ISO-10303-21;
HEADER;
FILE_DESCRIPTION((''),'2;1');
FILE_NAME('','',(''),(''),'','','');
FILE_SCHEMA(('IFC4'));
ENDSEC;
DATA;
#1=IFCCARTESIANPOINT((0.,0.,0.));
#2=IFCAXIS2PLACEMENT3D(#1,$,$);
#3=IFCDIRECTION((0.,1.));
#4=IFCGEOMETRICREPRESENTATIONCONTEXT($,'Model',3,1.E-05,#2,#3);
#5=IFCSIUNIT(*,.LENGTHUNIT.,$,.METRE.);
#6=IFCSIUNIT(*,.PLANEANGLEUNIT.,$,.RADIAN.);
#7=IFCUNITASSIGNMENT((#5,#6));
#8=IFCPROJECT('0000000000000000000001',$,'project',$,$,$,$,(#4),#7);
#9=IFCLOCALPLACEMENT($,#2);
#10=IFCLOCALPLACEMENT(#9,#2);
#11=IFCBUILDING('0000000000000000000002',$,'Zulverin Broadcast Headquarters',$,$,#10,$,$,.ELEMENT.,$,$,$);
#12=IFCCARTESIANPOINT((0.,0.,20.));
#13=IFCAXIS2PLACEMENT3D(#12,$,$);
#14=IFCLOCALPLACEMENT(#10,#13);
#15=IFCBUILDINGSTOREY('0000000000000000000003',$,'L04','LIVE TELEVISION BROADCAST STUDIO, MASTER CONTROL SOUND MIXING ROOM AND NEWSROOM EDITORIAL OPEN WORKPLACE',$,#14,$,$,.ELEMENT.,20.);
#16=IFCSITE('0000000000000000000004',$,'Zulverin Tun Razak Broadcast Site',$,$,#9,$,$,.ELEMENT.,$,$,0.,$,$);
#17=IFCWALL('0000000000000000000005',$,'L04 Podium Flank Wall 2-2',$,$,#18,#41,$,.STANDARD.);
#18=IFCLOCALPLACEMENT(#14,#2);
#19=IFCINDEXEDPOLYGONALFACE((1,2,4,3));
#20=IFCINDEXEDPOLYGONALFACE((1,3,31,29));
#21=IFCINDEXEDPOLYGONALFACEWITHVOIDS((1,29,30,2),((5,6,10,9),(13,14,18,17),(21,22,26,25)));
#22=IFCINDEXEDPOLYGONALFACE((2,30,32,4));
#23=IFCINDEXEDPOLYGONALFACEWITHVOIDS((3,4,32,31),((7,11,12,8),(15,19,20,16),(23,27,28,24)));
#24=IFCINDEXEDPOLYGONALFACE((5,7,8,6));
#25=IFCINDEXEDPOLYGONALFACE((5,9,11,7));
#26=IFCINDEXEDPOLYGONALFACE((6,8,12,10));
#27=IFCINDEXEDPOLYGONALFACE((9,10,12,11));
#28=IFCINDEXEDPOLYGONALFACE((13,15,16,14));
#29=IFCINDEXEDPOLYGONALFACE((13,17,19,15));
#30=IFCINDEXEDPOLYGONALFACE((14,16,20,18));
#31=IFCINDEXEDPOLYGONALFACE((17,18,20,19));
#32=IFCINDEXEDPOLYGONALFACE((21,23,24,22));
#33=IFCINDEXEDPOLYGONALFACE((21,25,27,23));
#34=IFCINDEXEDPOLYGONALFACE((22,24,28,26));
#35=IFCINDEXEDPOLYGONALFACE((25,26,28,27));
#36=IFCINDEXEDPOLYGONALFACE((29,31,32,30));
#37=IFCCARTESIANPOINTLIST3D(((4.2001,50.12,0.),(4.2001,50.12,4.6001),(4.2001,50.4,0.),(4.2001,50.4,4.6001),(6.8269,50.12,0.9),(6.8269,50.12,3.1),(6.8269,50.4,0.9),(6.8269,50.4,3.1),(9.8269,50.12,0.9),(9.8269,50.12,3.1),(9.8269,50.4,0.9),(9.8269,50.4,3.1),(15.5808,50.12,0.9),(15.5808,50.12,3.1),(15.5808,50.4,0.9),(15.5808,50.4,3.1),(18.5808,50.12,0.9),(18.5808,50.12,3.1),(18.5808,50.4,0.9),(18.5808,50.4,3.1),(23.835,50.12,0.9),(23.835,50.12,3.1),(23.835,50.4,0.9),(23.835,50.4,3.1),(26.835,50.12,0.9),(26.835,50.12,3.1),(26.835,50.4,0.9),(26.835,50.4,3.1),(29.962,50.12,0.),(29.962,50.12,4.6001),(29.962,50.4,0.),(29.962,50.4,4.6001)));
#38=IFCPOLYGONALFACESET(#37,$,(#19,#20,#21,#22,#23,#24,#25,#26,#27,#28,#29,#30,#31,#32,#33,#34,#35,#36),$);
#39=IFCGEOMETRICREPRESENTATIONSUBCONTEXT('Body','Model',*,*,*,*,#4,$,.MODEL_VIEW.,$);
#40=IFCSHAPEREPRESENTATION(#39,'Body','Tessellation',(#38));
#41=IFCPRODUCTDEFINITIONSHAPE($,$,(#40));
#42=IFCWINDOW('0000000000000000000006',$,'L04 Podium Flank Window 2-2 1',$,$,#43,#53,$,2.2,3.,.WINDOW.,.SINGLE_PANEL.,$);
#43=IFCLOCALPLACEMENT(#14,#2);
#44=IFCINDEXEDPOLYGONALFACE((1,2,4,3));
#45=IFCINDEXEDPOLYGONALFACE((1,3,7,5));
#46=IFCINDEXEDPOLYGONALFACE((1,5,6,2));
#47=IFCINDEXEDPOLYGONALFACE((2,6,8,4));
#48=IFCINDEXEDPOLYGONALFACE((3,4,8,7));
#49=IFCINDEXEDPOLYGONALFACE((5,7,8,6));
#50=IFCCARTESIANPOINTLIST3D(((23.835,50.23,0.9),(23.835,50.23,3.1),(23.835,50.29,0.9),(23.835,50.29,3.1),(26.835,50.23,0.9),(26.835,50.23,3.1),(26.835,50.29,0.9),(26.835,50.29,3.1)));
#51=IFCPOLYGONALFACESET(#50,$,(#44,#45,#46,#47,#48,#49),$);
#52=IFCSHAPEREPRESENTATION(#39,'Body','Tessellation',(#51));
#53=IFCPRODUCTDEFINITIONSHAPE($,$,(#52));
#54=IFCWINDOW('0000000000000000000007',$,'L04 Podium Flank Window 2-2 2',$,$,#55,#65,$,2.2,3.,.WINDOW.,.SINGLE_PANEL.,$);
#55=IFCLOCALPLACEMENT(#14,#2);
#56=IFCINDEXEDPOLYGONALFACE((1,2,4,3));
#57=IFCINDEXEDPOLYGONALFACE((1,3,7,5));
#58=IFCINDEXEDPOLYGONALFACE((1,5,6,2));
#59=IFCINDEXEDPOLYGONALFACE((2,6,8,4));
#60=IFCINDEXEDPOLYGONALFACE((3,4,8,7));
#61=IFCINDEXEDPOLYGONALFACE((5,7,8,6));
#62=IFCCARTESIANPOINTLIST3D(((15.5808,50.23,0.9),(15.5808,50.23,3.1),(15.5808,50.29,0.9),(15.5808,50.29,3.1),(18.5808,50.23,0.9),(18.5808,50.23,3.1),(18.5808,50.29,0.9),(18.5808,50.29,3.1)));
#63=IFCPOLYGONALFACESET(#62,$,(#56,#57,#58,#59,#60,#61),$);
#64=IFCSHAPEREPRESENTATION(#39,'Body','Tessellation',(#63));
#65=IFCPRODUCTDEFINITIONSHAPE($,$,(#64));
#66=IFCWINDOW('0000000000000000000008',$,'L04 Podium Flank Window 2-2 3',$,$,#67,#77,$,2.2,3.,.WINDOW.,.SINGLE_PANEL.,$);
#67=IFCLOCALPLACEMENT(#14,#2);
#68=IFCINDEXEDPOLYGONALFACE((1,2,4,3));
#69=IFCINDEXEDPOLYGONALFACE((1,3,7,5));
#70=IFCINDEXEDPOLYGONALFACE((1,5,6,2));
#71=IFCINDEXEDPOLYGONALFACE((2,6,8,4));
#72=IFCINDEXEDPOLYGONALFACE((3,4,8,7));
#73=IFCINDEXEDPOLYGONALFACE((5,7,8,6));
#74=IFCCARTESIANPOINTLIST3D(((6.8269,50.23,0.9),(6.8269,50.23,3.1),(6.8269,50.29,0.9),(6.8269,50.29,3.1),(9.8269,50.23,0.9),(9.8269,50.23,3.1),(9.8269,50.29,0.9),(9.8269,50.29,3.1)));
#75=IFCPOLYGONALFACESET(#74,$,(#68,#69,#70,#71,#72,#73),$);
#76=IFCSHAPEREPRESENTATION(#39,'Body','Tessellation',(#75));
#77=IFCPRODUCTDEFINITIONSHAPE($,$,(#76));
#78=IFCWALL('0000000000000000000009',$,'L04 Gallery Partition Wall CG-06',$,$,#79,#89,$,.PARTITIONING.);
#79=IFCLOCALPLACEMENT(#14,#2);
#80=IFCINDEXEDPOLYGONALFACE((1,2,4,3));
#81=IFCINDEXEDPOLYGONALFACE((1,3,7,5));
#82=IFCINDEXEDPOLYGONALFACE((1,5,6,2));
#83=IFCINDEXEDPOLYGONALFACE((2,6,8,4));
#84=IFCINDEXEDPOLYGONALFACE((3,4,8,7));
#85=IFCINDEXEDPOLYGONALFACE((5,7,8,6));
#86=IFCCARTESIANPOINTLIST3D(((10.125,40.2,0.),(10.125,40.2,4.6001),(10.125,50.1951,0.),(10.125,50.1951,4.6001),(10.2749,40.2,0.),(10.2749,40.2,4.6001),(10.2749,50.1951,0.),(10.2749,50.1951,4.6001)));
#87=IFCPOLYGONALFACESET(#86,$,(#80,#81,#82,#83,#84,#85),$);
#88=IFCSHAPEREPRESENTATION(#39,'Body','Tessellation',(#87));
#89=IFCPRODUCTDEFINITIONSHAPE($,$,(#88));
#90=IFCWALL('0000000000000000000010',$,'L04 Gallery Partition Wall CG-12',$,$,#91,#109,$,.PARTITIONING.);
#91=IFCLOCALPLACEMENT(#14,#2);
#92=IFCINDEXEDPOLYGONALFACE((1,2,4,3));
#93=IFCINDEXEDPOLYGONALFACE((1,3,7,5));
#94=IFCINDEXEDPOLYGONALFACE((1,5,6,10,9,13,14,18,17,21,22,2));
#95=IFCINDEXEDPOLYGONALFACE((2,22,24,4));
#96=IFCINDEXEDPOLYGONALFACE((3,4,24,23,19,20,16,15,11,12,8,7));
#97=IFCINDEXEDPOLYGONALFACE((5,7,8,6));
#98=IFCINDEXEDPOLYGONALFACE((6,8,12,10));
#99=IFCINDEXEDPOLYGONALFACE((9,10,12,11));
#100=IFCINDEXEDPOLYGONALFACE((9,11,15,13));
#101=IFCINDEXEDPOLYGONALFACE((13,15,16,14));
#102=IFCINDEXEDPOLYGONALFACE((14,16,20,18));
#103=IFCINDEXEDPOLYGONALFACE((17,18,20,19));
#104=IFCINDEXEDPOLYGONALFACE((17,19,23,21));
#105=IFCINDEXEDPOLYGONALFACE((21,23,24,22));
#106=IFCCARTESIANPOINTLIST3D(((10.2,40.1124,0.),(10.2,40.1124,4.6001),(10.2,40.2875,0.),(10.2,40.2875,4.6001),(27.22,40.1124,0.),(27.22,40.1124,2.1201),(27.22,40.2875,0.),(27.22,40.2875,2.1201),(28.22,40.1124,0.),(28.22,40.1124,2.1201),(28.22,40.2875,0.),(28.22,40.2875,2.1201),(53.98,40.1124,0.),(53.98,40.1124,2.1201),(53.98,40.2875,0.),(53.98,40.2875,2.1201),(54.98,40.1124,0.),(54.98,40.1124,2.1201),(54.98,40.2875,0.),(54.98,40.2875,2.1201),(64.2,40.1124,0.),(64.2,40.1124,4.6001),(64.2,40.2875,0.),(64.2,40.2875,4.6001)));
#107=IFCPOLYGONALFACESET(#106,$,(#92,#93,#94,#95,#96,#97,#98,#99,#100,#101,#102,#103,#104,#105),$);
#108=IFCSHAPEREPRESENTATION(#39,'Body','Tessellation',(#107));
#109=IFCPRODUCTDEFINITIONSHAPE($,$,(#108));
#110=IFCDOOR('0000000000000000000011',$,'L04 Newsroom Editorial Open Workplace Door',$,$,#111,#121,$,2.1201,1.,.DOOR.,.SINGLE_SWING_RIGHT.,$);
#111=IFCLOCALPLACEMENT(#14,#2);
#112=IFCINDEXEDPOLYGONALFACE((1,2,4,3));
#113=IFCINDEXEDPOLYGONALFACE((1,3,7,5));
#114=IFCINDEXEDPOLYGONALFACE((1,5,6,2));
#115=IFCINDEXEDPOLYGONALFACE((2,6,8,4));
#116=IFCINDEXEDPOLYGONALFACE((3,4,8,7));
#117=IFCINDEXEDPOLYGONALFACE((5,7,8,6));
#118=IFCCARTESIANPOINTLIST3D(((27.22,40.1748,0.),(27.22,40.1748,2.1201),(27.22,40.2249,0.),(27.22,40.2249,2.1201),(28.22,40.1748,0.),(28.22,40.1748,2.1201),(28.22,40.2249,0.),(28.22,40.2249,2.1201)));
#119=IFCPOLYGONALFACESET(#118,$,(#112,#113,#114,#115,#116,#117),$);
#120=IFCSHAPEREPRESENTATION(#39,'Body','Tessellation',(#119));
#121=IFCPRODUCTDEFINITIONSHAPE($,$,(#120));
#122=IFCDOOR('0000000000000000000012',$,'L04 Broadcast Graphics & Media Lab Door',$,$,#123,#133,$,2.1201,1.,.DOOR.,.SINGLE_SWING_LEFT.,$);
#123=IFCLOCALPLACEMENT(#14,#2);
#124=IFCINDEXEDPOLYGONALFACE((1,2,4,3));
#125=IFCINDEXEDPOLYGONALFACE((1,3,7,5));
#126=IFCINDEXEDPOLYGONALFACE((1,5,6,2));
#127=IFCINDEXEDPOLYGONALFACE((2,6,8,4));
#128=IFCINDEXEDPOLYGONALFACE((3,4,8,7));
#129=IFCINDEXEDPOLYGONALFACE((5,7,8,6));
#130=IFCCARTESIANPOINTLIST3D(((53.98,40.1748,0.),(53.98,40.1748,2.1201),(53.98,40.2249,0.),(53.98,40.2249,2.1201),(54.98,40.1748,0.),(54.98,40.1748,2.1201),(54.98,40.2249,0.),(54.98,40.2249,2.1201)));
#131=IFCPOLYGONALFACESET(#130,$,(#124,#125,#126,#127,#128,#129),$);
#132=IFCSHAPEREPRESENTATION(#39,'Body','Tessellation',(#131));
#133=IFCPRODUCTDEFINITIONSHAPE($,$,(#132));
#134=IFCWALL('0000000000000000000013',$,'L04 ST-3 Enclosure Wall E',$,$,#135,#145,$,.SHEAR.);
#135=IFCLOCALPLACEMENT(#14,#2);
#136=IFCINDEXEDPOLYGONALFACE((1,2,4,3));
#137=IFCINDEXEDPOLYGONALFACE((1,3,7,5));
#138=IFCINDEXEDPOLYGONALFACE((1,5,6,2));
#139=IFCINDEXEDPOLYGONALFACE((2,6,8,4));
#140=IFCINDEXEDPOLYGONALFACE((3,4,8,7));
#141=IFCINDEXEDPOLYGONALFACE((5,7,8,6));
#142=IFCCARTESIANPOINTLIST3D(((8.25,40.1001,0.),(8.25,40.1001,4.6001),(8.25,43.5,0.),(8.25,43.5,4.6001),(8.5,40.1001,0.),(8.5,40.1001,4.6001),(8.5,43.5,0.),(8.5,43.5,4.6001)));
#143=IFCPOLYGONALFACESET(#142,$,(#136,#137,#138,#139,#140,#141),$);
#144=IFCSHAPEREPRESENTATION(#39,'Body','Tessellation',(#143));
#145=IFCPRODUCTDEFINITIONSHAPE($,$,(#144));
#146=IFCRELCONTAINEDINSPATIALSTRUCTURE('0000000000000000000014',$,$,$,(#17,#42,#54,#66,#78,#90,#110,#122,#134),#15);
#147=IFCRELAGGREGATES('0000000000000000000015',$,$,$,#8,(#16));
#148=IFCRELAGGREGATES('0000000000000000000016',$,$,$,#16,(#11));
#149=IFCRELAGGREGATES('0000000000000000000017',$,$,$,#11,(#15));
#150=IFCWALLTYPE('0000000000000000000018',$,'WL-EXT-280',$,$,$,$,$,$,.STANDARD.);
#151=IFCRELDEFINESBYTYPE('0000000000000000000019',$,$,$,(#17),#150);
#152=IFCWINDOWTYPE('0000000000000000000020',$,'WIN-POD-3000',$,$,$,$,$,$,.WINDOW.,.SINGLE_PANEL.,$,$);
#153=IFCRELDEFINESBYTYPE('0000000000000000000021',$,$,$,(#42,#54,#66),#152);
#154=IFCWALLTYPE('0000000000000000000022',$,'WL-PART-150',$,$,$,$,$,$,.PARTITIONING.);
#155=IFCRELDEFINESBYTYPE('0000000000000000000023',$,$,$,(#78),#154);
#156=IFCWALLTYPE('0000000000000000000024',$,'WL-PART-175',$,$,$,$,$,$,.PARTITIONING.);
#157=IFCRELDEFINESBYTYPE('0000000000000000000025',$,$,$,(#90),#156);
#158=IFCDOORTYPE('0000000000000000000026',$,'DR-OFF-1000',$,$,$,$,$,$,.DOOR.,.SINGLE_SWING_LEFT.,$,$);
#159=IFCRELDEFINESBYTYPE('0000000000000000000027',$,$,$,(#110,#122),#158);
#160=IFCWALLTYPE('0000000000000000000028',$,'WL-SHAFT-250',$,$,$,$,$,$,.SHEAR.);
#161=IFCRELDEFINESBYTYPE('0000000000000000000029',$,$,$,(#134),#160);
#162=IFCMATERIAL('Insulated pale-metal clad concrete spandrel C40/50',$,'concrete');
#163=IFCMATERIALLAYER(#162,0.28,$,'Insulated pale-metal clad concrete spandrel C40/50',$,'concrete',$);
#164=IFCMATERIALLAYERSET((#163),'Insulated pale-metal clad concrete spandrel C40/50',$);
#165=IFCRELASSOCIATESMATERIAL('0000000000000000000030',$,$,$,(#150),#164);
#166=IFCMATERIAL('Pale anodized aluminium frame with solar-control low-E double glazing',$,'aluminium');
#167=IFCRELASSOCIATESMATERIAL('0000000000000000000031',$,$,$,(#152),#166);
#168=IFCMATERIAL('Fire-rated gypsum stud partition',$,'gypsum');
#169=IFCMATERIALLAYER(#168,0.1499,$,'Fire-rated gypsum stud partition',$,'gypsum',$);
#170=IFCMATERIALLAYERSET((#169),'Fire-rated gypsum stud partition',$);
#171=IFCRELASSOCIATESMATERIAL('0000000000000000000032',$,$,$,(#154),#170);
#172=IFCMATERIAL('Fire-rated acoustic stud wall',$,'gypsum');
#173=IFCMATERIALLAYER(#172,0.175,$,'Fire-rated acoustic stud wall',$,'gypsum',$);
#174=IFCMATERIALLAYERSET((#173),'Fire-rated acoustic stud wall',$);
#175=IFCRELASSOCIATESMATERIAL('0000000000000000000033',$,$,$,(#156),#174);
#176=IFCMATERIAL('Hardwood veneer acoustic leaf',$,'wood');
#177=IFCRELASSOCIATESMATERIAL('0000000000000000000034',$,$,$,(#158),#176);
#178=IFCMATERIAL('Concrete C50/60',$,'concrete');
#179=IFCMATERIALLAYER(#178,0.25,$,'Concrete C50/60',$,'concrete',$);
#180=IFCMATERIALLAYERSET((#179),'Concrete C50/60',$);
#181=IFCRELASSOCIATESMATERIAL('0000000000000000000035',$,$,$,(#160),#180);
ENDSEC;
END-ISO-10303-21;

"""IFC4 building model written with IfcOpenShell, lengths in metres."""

from ifc_helpers import new_model, si_unit, direction, frame, frame_2d, origin, place, context, subcontext, project, spatial, rectangle, extrude, material, layer, layer_set, type_object, element, fill, save


model = new_model("IFC4")

# Units and contexts
model_context = context("Model", 3, precision=1e-05, world=origin(), true_north=direction((0.0, 1.0)))
body_context = subcontext(model_context, "Body", "Model", "MODEL_VIEW")
ifc_project = project(units=[si_unit("LENGTHUNIT", "METRE"), si_unit("PLANEANGLEUNIT", "RADIAN")], contexts=[model_context])

# Site, building, storey
site_placement = place(None, origin())
site = spatial("IfcSite", under=ifc_project, at=site_placement, Name="Zulverin Tun Razak Broadcast Site", CompositionType="ELEMENT", RefElevation=0.0)
building_placement = place(site_placement, origin())
building = spatial("IfcBuilding", under=site, at=building_placement, Name="Zulverin Broadcast Headquarters", CompositionType="ELEMENT")
storey_placement = place(building_placement, frame((0.0, 0.0, 20.0)))
storey = spatial("IfcBuildingStorey", under=building, at=storey_placement, Name="L04", Description="LIVE TELEVISION BROADCAST STUDIO, MASTER CONTROL SOUND MIXING ROOM AND NEWSROOM EDITORIAL OPEN WORKPLACE", CompositionType="ELEMENT", Elevation=20.0)

# Wall, openings, windows
ifc_material_1 = material(Name="Insulated pale-metal clad concrete spandrel C40/50", Category="concrete")
ifc_layer_1 = layer(ifc_material_1, 0.28, Name="Insulated pale-metal clad concrete spandrel C40/50", Category="concrete")
ifc_layer_set_1 = layer_set([ifc_layer_1], Name="Insulated pale-metal clad concrete spandrel C40/50")
wall_type_1 = type_object("IfcWallType", Name="WL-EXT-280", PredefinedType="STANDARD", material=ifc_layer_set_1)
wall_1_placement = place(storey_placement, frame((29.9619, 50.26, 0.0), z_axis=(0.0, 0.0, 1.0), x_axis=(-1.0, 0.0, 0.0)))
wall_1 = element("IfcWall", 1, at=wall_1_placement, inside=storey, type_object=wall_type_1, Name="L04 Podium Flank Wall 2-2", PredefinedType="STANDARD", context=body_context, shape_type="SweptSolid", body=[
    extrude(rectangle(XDim=25.762, YDim=0.28, at=frame_2d((12.8809, 0.0))), origin(), (0.0, 0.0, 1.0), 4.6001),
])
opening_1_placement = place(wall_1_placement, frame((3.127, 0.0, 0.8999)))
opening_1 = element("IfcOpeningElement", 2, at=opening_1_placement, cuts=wall_1, PredefinedType="OPENING", context=body_context, shape_type="SweptSolid", body=[
    extrude(rectangle(XDim=3.0, YDim=2.2, at=frame_2d((1.5, 1.1001))), frame((0.0, 0.1499, 0.0), z_axis=(0.0, -1.0, 0.0), x_axis=(1.0, 0.0, 0.0)), (0.0, 0.0, 1.0), 0.3),
])
opening_2_placement = place(wall_1_placement, frame((11.3811, 0.0, 0.8999)))
opening_2 = element("IfcOpeningElement", 3, at=opening_2_placement, cuts=wall_1, PredefinedType="OPENING", context=body_context, shape_type="SweptSolid", body=[
    extrude(rectangle(XDim=3.0, YDim=2.2, at=frame_2d((1.5, 1.1001))), frame((0.0, 0.1499, 0.0), z_axis=(0.0, -1.0, 0.0), x_axis=(1.0, 0.0, 0.0)), (0.0, 0.0, 1.0), 0.3),
])
opening_3_placement = place(wall_1_placement, frame((20.135, 0.0, 0.8999)))
opening_3 = element("IfcOpeningElement", 4, at=opening_3_placement, cuts=wall_1, PredefinedType="OPENING", context=body_context, shape_type="SweptSolid", body=[
    extrude(rectangle(XDim=3.0, YDim=2.2, at=frame_2d((1.5, 1.1001))), frame((0.0, 0.1499, 0.0), z_axis=(0.0, -1.0, 0.0), x_axis=(1.0, 0.0, 0.0)), (0.0, 0.0, 1.0), 0.3),
])
ifc_material_2 = material(Name="Pale anodized aluminium frame with solar-control low-E double glazing", Category="aluminium")
window_type = type_object("IfcWindowType", Name="WIN-POD-3000", PartitioningType="SINGLE_PANEL", PredefinedType="WINDOW", material=ifc_material_2)
window_1_placement = place(opening_1_placement, origin())
window_1 = element("IfcWindow", 5, at=window_1_placement, inside=storey, type_object=window_type, Name="L04 Podium Flank Window 2-2 1", OverallHeight=2.2, OverallWidth=3.0, PartitioningType="SINGLE_PANEL", PredefinedType="WINDOW", context=body_context, shape_type="SweptSolid", body=[
    extrude(rectangle(XDim=3.0, YDim=2.2, at=frame_2d((1.5, 1.1001))), frame((0.0, 0.03, 0.0), z_axis=(0.0, -1.0, 0.0), x_axis=(1.0, 0.0, 0.0)), (0.0, 0.0, 1.0), 0.0601),
])
fill(opening_1, window_1)
window_2_placement = place(opening_2_placement, origin())
window_2 = element("IfcWindow", 6, at=window_2_placement, inside=storey, type_object=window_type, Name="L04 Podium Flank Window 2-2 2", OverallHeight=2.2, OverallWidth=3.0, PartitioningType="SINGLE_PANEL", PredefinedType="WINDOW", context=body_context, shape_type="SweptSolid", body=[
    extrude(rectangle(XDim=3.0, YDim=2.2, at=frame_2d((1.5, 1.1001))), frame((0.0, 0.03, 0.0), z_axis=(0.0, -1.0, 0.0), x_axis=(1.0, 0.0, 0.0)), (0.0, 0.0, 1.0), 0.0601),
])
fill(opening_2, window_2)
window_3_placement = place(opening_3_placement, origin())
window_3 = element("IfcWindow", 7, at=window_3_placement, inside=storey, type_object=window_type, Name="L04 Podium Flank Window 2-2 3", OverallHeight=2.2, OverallWidth=3.0, PartitioningType="SINGLE_PANEL", PredefinedType="WINDOW", context=body_context, shape_type="SweptSolid", body=[
    extrude(rectangle(XDim=3.0, YDim=2.2, at=frame_2d((1.5, 1.1001))), frame((0.0, 0.03, 0.0), z_axis=(0.0, -1.0, 0.0), x_axis=(1.0, 0.0, 0.0)), (0.0, 0.0, 1.0), 0.0601),
])
fill(opening_3, window_3)

# Wall
ifc_material_3 = material(Name="Fire-rated gypsum stud partition", Category="gypsum")
ifc_layer_2 = layer(ifc_material_3, 0.1499, Name="Fire-rated gypsum stud partition", Category="gypsum")
ifc_layer_set_2 = layer_set([ifc_layer_2], Name="Fire-rated gypsum stud partition")
wall_type_2 = type_object("IfcWallType", Name="WL-PART-150", PredefinedType="PARTITIONING", material=ifc_layer_set_2)
wall_2_placement = place(storey_placement, frame((10.2, 40.2, 0.0), z_axis=(0.0, 0.0, 1.0), x_axis=(0.0, 1.0, 0.0)))
element("IfcWall", 8, at=wall_2_placement, inside=storey, type_object=wall_type_2, Name="L04 Gallery Partition Wall CG-06", PredefinedType="PARTITIONING", context=body_context, shape_type="SweptSolid", body=[
    extrude(rectangle(XDim=9.9951, YDim=0.1499, at=frame_2d((4.9976, 0.0))), origin(), (0.0, 0.0, 1.0), 4.6001),
])

# Wall, openings, doors
ifc_material_4 = material(Name="Fire-rated acoustic stud wall", Category="gypsum")
ifc_layer_3 = layer(ifc_material_4, 0.175, Name="Fire-rated acoustic stud wall", Category="gypsum")
ifc_layer_set_3 = layer_set([ifc_layer_3], Name="Fire-rated acoustic stud wall")
wall_type_3 = type_object("IfcWallType", Name="WL-PART-175", PredefinedType="PARTITIONING", material=ifc_layer_set_3)
wall_3_placement = place(storey_placement, frame((10.2, 40.2, 0.0), z_axis=(0.0, 0.0, 1.0), x_axis=(1.0, 0.0, 0.0)))
wall_3 = element("IfcWall", 9, at=wall_3_placement, inside=storey, type_object=wall_type_3, Name="L04 Gallery Partition Wall CG-12", PredefinedType="PARTITIONING", context=body_context, shape_type="SweptSolid", body=[
    extrude(rectangle(XDim=54.0, YDim=0.175, at=frame_2d((27.0, 0.0))), origin(), (0.0, 0.0, 1.0), 4.6001),
])
opening_4_placement = place(wall_3_placement, frame((17.02, 0.0, 0.0)))
opening_4 = element("IfcOpeningElement", 10, at=opening_4_placement, cuts=wall_3, PredefinedType="OPENING", context=body_context, shape_type="SweptSolid", body=[
    extrude(rectangle(XDim=1.0, YDim=2.1201, at=frame_2d((0.5, 1.0601))), frame((0.0, 0.0974, 0.0), z_axis=(0.0, -1.0, 0.0), x_axis=(1.0, 0.0, 0.0)), (0.0, 0.0, 1.0), 0.1951),
])
opening_5_placement = place(wall_3_placement, frame((43.78, 0.0, 0.0)))
opening_5 = element("IfcOpeningElement", 11, at=opening_5_placement, cuts=wall_3, PredefinedType="OPENING", context=body_context, shape_type="SweptSolid", body=[
    extrude(rectangle(XDim=1.0, YDim=2.1201, at=frame_2d((0.5, 1.0601))), frame((0.0, 0.0974, 0.0), z_axis=(0.0, -1.0, 0.0), x_axis=(1.0, 0.0, 0.0)), (0.0, 0.0, 1.0), 0.1951),
])
ifc_material_5 = material(Name="Hardwood veneer acoustic leaf", Category="wood")
door_type = type_object("IfcDoorType", Name="DR-OFF-1000", OperationType="SINGLE_SWING_LEFT", PredefinedType="DOOR", material=ifc_material_5)
door_1_placement = place(opening_4_placement, origin())
door_1 = element("IfcDoor", 12, at=door_1_placement, inside=storey, type_object=door_type, Name="L04 Newsroom Editorial Open Workplace Door", OperationType="SINGLE_SWING_RIGHT", OverallHeight=2.1201, OverallWidth=1.0, PredefinedType="DOOR", context=body_context, shape_type="SweptSolid", body=[
    extrude(rectangle(XDim=1.0, YDim=2.1201, at=frame_2d((0.5, 1.0601))), frame((0.0, 0.0249, 0.0), z_axis=(0.0, -1.0, 0.0), x_axis=(1.0, 0.0, 0.0)), (0.0, 0.0, 1.0), 0.05),
])
fill(opening_4, door_1)
door_2_placement = place(opening_5_placement, origin())
door_2 = element("IfcDoor", 13, at=door_2_placement, inside=storey, type_object=door_type, Name="L04 Broadcast Graphics & Media Lab Door", OperationType="SINGLE_SWING_LEFT", OverallHeight=2.1201, OverallWidth=1.0, PredefinedType="DOOR", context=body_context, shape_type="SweptSolid", body=[
    extrude(rectangle(XDim=1.0, YDim=2.1201, at=frame_2d((0.5, 1.0601))), frame((0.0, 0.0249, 0.0), z_axis=(0.0, -1.0, 0.0), x_axis=(1.0, 0.0, 0.0)), (0.0, 0.0, 1.0), 0.05),
])
fill(opening_5, door_2)

# Wall
ifc_material_6 = material(Name="Concrete C50/60", Category="concrete")
ifc_layer_4 = layer(ifc_material_6, 0.25, Name="Concrete C50/60", Category="concrete")
ifc_layer_set_4 = layer_set([ifc_layer_4], Name="Concrete C50/60")
wall_type_4 = type_object("IfcWallType", Name="WL-SHAFT-250", PredefinedType="SHEAR", material=ifc_layer_set_4)
wall_4_placement = place(storey_placement, frame((8.375, 40.1001, 0.0), z_axis=(0.0, 0.0, 1.0), x_axis=(0.0, 1.0, 0.0)))
element("IfcWall", 14, at=wall_4_placement, inside=storey, type_object=wall_type_4, Name="L04 ST-3 Enclosure Wall E", PredefinedType="SHEAR", context=body_context, shape_type="SweptSolid", body=[
    extrude(rectangle(XDim=3.3999, YDim=0.25, at=frame_2d((1.7, 0.0))), origin(), (0.0, 0.0, 1.0), 4.6001),
])

save(model, "model.ifc")
